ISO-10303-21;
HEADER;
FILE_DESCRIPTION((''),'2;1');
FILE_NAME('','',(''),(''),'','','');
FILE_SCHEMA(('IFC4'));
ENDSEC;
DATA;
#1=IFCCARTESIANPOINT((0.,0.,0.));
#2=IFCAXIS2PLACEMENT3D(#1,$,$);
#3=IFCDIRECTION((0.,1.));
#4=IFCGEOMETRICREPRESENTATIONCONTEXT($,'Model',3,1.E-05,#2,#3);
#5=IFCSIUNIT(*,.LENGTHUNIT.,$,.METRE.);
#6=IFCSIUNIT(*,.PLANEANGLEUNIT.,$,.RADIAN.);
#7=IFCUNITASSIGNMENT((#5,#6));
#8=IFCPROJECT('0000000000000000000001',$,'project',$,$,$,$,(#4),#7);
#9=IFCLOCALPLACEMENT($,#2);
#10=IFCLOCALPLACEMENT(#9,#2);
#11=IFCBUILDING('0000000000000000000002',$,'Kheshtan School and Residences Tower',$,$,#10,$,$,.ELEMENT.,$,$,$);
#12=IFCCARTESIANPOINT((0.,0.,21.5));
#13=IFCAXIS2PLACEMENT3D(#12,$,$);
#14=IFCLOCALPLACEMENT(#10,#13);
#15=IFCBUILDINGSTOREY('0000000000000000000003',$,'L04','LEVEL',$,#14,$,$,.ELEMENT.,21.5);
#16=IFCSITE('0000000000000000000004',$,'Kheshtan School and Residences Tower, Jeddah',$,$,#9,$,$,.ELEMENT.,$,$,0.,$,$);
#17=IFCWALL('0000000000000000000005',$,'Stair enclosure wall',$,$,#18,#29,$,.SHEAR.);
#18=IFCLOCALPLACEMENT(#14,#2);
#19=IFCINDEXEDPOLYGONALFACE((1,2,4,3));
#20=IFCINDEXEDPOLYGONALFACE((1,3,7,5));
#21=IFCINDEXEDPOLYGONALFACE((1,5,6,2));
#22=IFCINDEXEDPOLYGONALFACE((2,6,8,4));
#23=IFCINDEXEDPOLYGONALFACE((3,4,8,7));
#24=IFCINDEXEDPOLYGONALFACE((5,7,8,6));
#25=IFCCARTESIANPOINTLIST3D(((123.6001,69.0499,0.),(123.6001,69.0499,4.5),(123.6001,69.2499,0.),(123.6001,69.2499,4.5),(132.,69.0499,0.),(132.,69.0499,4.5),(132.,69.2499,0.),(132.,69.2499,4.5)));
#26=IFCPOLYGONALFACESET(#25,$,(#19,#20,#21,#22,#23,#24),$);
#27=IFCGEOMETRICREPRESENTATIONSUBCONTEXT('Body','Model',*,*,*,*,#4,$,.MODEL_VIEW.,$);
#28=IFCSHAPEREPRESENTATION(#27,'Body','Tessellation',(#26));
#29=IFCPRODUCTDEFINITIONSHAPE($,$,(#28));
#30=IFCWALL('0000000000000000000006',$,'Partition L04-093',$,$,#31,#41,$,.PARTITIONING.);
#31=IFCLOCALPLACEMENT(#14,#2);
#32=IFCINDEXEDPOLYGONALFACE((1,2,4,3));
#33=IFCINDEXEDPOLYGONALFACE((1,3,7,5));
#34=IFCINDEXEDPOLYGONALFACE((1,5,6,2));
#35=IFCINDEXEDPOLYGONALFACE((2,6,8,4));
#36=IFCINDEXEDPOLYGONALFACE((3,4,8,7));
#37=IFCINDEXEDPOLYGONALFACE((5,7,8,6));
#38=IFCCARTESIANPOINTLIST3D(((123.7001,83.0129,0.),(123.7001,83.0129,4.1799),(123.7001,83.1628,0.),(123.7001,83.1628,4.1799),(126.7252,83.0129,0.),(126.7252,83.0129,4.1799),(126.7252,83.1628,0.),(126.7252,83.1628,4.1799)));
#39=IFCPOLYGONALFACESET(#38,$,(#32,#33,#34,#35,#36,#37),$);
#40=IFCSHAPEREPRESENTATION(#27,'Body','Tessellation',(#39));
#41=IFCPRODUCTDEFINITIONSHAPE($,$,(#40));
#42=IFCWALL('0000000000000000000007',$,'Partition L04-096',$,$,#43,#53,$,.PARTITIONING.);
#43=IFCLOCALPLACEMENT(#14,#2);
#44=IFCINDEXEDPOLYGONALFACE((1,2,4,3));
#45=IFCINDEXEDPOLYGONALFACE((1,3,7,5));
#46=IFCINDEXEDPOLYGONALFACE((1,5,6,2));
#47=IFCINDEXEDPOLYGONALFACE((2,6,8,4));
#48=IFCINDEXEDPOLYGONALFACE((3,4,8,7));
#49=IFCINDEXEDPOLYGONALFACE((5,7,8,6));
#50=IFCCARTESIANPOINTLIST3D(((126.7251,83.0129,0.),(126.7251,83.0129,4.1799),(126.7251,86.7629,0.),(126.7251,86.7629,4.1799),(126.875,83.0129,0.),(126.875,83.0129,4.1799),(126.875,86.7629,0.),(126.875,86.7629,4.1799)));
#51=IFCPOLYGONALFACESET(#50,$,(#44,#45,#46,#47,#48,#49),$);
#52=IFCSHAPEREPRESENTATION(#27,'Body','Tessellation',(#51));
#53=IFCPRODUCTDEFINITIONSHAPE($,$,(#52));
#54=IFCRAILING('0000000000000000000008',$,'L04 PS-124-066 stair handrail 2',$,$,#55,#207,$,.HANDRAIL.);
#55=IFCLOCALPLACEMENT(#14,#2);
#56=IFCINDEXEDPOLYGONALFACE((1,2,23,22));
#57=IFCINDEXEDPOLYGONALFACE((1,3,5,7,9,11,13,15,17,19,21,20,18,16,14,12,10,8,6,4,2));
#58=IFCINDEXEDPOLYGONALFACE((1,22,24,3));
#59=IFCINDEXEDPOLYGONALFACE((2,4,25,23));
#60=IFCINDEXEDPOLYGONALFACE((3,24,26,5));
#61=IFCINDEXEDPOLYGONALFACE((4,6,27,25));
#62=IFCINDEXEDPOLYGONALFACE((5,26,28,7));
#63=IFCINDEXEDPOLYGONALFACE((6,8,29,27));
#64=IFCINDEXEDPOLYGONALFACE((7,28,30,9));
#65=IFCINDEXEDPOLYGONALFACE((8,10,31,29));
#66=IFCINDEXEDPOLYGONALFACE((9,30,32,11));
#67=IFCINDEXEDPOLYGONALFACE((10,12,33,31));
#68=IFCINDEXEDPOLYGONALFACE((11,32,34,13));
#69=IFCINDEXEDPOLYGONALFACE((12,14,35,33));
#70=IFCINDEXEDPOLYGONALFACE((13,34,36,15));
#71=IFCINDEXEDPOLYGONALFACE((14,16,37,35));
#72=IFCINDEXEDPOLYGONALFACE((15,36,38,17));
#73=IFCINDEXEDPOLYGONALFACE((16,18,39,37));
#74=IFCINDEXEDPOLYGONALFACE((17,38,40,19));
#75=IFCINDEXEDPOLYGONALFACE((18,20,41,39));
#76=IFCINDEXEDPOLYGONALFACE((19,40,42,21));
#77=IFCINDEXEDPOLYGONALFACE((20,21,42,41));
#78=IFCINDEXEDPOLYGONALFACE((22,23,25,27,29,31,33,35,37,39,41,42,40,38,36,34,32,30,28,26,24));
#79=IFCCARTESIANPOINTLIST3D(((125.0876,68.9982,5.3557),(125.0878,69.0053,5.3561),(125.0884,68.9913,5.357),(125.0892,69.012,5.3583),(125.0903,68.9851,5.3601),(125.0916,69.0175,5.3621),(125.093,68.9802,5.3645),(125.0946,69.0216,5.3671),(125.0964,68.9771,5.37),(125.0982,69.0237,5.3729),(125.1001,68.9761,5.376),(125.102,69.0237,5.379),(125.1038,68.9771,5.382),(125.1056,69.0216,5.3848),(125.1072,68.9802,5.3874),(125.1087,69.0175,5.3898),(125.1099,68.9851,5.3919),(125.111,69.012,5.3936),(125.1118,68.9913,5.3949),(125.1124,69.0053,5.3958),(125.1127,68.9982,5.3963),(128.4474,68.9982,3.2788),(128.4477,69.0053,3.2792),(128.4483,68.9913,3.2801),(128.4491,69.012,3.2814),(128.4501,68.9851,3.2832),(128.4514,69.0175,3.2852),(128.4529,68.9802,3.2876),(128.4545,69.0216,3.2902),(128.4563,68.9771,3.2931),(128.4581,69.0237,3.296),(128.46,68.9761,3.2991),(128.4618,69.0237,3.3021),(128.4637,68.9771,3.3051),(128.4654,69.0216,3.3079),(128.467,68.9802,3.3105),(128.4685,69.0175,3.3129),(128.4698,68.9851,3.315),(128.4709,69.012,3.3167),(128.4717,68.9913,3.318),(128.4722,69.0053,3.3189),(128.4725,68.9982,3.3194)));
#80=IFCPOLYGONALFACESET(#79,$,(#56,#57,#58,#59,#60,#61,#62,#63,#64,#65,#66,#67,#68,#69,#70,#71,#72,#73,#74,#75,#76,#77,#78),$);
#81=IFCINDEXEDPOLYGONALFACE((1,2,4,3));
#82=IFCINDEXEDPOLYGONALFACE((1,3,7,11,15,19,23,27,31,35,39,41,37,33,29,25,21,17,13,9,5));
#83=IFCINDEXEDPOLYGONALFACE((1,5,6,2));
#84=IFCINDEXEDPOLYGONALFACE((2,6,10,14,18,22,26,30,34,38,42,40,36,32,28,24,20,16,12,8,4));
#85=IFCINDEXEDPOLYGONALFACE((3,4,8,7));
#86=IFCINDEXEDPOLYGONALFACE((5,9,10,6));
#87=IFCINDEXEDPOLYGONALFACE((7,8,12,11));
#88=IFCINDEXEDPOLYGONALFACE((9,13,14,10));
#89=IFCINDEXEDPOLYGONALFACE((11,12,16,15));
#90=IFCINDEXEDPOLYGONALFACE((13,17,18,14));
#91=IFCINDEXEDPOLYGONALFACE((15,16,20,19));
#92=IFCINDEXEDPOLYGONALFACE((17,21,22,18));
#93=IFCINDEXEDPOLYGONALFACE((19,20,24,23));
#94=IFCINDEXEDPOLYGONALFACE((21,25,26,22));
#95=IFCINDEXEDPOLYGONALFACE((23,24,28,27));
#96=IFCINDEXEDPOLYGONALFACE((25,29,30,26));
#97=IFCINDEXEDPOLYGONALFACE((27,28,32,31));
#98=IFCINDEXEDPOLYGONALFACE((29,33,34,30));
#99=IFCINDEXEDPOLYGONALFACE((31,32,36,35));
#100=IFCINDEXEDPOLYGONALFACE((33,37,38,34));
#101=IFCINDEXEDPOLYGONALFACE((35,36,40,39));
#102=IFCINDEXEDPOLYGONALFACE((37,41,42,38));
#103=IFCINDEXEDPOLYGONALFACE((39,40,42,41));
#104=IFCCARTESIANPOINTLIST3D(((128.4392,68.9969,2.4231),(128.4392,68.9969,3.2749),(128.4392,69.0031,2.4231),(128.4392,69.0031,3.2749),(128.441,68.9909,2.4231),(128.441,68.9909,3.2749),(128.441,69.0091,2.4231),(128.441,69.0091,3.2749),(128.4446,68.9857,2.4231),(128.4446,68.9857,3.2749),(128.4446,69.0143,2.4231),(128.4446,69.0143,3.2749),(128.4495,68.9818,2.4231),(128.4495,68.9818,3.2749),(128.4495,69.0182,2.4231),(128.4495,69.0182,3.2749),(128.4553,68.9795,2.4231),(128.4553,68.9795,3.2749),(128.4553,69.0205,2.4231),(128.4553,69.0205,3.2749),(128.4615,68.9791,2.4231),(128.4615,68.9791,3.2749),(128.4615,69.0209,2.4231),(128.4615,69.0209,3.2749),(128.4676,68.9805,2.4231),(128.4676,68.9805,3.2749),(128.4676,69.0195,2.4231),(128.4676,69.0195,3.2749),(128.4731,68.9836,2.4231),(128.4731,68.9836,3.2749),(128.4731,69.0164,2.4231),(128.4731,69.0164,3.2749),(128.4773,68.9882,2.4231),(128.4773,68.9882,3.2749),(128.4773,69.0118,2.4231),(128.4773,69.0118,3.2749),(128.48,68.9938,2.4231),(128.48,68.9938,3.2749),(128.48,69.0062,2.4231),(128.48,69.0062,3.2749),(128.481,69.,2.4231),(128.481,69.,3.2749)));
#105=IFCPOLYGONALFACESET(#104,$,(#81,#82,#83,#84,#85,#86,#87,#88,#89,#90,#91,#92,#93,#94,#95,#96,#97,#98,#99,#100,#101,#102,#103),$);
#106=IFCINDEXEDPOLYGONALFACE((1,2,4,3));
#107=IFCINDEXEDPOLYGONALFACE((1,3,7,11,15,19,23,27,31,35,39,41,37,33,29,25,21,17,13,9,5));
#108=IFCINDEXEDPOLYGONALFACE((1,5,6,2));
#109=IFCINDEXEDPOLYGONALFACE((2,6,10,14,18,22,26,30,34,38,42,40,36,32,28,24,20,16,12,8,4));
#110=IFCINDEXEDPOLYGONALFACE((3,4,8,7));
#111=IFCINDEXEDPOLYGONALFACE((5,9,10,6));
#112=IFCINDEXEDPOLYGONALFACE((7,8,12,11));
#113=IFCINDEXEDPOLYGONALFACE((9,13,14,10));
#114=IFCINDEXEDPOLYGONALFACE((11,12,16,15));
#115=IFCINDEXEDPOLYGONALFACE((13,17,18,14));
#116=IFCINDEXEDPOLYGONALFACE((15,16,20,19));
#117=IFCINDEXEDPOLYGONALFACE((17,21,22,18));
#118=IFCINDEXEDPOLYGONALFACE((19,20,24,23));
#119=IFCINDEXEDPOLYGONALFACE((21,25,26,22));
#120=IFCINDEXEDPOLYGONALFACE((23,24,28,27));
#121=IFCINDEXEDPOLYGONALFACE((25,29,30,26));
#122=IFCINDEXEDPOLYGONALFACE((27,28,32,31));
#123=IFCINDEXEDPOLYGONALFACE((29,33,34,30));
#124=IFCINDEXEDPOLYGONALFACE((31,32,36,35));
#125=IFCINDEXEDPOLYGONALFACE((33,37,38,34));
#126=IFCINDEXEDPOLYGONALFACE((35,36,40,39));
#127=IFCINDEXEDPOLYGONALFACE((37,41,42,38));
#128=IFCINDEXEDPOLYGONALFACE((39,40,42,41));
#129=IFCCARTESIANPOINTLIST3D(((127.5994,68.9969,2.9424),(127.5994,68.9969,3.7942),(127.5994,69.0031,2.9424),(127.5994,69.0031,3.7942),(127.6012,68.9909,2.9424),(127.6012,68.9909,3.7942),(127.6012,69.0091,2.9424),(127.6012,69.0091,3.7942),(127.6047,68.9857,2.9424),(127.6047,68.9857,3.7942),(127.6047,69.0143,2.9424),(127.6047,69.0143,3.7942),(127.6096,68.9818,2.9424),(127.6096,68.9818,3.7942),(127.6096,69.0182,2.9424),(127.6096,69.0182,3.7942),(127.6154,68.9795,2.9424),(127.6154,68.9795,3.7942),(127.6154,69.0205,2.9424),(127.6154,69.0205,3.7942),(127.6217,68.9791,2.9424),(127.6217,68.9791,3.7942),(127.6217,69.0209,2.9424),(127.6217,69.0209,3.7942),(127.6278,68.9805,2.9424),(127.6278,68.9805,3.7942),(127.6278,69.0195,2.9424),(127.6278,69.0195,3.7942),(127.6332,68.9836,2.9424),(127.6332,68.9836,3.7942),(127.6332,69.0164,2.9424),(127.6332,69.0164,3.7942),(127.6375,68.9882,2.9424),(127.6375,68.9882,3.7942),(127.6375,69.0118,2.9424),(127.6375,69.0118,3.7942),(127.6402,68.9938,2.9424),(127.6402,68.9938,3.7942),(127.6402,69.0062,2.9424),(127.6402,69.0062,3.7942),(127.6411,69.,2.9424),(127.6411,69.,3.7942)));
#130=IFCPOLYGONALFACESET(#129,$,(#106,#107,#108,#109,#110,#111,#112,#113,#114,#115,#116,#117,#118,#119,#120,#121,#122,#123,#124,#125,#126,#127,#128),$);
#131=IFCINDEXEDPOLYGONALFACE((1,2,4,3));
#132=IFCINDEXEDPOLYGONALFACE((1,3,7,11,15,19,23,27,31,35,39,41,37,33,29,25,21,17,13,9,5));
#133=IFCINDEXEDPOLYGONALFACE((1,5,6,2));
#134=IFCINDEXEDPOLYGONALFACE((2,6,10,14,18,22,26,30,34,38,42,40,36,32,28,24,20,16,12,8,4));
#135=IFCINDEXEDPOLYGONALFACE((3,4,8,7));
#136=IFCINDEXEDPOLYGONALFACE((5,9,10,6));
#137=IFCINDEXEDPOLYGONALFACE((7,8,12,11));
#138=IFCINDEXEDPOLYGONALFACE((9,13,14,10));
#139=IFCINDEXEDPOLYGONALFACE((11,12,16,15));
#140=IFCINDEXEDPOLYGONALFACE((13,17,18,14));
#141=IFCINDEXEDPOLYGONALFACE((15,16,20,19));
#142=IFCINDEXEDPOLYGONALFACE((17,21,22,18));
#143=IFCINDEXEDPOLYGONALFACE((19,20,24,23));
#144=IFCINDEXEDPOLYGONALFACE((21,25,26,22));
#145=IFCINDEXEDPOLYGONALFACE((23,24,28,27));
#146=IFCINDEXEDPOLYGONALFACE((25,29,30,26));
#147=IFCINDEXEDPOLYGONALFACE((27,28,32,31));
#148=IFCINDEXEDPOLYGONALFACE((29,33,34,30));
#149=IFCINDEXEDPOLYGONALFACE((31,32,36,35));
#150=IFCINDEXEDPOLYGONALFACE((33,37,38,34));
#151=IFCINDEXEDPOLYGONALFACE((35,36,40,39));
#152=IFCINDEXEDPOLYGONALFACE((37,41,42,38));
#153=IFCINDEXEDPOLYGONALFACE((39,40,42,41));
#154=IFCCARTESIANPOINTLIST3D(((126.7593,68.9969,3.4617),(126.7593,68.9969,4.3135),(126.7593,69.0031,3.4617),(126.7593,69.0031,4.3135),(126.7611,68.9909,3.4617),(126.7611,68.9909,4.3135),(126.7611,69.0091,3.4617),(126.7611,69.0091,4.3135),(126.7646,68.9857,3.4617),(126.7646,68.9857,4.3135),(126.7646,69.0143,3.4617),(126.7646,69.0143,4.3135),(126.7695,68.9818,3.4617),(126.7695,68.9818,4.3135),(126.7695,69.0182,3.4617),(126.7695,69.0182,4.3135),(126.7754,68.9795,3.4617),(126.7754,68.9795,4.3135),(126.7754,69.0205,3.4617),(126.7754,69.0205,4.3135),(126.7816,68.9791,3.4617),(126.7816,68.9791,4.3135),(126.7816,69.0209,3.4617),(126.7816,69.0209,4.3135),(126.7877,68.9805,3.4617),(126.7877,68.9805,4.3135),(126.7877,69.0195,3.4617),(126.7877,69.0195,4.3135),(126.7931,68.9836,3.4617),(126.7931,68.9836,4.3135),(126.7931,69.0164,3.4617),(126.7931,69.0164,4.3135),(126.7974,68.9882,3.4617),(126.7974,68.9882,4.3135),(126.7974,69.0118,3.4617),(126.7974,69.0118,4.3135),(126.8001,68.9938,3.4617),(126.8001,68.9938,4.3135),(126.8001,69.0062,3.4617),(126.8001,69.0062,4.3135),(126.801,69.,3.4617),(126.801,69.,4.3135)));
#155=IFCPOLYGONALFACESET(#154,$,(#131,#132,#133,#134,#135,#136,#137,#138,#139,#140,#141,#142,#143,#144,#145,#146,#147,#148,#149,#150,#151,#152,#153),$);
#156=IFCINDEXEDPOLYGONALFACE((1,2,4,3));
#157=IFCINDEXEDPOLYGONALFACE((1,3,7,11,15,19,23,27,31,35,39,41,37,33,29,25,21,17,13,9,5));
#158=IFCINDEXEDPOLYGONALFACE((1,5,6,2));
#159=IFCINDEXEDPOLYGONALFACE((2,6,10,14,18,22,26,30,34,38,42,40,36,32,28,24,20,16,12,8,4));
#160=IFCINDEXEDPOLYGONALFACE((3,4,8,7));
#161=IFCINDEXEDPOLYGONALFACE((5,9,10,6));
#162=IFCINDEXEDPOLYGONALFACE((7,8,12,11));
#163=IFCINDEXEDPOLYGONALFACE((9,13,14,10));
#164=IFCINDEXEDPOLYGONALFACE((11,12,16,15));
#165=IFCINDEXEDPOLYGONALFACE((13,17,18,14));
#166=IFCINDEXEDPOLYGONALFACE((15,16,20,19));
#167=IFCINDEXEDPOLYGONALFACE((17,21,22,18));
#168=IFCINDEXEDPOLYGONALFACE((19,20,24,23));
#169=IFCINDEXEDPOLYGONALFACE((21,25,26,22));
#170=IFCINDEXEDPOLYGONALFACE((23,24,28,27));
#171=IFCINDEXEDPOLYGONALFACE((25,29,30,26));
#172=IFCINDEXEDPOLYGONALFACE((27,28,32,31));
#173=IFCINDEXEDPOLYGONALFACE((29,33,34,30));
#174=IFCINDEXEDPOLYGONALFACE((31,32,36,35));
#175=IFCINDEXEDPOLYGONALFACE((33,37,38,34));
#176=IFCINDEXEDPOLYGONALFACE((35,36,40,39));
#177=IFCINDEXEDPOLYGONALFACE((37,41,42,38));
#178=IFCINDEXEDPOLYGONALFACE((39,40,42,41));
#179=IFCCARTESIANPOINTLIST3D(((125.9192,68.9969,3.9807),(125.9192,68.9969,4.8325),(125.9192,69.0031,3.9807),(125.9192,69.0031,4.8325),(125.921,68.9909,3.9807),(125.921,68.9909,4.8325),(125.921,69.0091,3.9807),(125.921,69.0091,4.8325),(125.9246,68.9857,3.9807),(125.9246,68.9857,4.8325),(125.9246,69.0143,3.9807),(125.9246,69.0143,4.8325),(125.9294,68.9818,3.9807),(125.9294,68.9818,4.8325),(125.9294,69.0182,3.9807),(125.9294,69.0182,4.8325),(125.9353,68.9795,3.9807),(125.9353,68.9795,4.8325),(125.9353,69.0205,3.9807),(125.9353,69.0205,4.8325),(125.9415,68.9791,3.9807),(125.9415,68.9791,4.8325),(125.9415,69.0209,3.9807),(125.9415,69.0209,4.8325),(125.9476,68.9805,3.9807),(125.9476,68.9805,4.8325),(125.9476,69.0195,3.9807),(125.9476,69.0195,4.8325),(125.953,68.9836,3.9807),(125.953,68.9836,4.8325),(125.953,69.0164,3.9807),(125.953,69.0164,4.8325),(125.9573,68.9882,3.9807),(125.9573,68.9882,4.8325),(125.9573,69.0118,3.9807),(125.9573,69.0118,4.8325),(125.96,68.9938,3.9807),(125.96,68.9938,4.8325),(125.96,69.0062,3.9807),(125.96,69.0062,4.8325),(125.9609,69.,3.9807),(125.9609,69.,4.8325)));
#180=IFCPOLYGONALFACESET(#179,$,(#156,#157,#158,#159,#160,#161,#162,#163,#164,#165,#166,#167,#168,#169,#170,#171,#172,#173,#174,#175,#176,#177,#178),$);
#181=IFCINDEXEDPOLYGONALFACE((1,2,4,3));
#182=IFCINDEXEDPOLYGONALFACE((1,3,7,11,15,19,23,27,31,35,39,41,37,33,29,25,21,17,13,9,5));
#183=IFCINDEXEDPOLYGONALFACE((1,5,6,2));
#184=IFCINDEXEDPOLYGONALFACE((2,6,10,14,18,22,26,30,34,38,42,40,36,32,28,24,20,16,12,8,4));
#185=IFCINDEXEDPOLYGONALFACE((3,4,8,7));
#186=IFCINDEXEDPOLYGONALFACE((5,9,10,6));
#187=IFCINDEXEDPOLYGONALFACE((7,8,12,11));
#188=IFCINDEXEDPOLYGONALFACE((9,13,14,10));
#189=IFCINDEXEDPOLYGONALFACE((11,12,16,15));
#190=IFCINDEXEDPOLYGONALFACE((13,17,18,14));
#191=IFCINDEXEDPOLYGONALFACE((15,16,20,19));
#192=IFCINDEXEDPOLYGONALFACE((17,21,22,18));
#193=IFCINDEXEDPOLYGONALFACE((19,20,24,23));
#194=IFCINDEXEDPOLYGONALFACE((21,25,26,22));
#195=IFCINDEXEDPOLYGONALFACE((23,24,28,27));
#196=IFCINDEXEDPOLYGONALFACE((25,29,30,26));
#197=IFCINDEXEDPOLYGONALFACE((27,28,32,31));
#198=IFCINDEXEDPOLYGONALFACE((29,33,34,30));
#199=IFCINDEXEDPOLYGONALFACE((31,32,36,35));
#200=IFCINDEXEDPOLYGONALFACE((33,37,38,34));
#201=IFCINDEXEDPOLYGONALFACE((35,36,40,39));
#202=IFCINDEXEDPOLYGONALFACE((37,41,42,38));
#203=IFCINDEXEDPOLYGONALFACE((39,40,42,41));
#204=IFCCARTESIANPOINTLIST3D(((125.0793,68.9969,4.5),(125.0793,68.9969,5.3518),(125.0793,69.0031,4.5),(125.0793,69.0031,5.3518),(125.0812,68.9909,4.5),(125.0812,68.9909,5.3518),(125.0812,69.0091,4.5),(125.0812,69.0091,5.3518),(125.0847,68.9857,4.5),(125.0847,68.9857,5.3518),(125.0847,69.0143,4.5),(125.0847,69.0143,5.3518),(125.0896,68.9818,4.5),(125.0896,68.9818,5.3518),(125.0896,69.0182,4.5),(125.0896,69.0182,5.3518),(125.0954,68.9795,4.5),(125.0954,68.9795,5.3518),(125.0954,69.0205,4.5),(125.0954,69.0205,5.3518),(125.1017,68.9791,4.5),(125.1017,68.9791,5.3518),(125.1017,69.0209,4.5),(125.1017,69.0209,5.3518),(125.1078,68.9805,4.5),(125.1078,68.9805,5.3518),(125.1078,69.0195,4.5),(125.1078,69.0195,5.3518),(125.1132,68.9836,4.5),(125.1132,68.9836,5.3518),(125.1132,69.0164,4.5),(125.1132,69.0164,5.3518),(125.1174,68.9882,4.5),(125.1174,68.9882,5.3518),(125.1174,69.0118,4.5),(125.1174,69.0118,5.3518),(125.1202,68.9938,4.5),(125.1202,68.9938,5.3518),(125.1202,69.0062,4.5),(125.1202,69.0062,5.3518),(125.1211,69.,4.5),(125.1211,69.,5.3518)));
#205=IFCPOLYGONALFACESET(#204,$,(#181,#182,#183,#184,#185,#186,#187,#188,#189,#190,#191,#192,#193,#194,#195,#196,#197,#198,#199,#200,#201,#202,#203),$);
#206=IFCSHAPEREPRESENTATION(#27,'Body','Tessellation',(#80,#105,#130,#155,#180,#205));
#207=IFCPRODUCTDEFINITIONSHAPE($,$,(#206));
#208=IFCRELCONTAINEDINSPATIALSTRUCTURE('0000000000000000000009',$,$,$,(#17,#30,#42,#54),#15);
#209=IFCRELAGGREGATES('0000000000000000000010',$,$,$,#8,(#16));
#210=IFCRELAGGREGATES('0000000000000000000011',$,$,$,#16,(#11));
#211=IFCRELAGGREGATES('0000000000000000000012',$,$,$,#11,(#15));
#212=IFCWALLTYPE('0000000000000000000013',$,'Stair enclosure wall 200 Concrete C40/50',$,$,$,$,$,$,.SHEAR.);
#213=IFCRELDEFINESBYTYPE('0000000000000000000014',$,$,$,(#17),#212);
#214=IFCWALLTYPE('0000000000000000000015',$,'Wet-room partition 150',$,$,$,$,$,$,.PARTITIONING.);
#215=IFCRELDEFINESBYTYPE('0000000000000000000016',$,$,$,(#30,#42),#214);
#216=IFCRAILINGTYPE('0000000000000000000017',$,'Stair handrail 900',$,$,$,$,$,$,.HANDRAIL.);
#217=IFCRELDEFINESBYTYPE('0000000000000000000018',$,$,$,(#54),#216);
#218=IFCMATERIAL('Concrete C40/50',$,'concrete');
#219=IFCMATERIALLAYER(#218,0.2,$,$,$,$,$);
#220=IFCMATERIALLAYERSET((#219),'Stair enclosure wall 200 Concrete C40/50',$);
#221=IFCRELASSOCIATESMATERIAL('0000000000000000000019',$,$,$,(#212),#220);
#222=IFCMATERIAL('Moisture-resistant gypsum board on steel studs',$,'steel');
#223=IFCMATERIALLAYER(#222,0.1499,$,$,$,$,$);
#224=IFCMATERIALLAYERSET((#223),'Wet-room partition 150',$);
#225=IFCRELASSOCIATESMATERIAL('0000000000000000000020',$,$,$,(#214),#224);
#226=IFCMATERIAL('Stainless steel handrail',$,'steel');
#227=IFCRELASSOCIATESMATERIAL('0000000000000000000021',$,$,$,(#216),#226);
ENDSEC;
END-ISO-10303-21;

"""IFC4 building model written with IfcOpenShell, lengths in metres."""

from ifc_helpers import new_model, si_unit, direction, frame, frame_2d, origin, origin_2d, place, context, subcontext, project, spatial, rectangle, circle, extrude, material, layer, layer_set, type_object, element, save


model = new_model("IFC4")

# Units and contexts
model_context = context("Model", 3, precision=1e-05, world=origin(), true_north=direction((0.0, 1.0)))
body_context = subcontext(model_context, "Body", "Model", "MODEL_VIEW")
ifc_project = project(units=[si_unit("LENGTHUNIT", "METRE"), si_unit("PLANEANGLEUNIT", "RADIAN")], contexts=[model_context])

# Site, building, storey
site_placement = place(None, origin())
site = spatial("IfcSite", under=ifc_project, at=site_placement, Name="Kheshtan School and Residences Tower, Jeddah", CompositionType="ELEMENT", RefElevation=0.0)
building_placement = place(site_placement, origin())
building = spatial("IfcBuilding", under=site, at=building_placement, Name="Kheshtan School and Residences Tower", CompositionType="ELEMENT")
storey_placement = place(building_placement, frame((0.0, 0.0, 21.5)))
storey = spatial("IfcBuildingStorey", under=building, at=storey_placement, Name="L04", Description="LEVEL", CompositionType="ELEMENT", Elevation=21.5)

# Walls
ifc_material_1 = material(Name="Concrete C40/50", Category="concrete")
ifc_layer_1 = layer(ifc_material_1, 0.2)
ifc_layer_set_1 = layer_set([ifc_layer_1], Name="Stair enclosure wall 200 Concrete C40/50")
wall_type_1 = type_object("IfcWallType", Name="Stair enclosure wall 200 Concrete C40/50", PredefinedType="SHEAR", material=ifc_layer_set_1)
wall_1_placement = place(storey_placement, frame((123.6001, 69.1499, 0.0), z_axis=(0.0, 0.0, 1.0), x_axis=(1.0, 0.0, 0.0)))
element("IfcWall", 1, at=wall_1_placement, inside=storey, type_object=wall_type_1, Name="Stair enclosure wall", PredefinedType="SHEAR", context=body_context, shape_type="SweptSolid", body=[
    extrude(rectangle(XDim=8.3999, YDim=0.2, at=frame_2d((4.2, 0.0))), origin(), (0.0, 0.0, 1.0), 4.5),
])
ifc_material_2 = material(Name="Moisture-resistant gypsum board on steel studs", Category="steel")
ifc_layer_2 = layer(ifc_material_2, 0.1499)
ifc_layer_set_2 = layer_set([ifc_layer_2], Name="Wet-room partition 150")
wall_type_2 = type_object("IfcWallType", Name="Wet-room partition 150", PredefinedType="PARTITIONING", material=ifc_layer_set_2)
wall_2_placement = place(storey_placement, frame((123.7, 83.0879, 0.0), z_axis=(0.0, 0.0, 1.0), x_axis=(1.0, 0.0, 0.0)))
element("IfcWall", 2, at=wall_2_placement, inside=storey, type_object=wall_type_2, Name="Partition L04-093", PredefinedType="PARTITIONING", context=body_context, shape_type="SweptSolid", body=[
    extrude(rectangle(XDim=3.0251, YDim=0.1499, at=frame_2d((1.5127, 0.0))), origin(), (0.0, 0.0, 1.0), 4.1799),
])
wall_3_placement = place(storey_placement, frame((126.8, 83.0129, 0.0), z_axis=(0.0, 0.0, 1.0), x_axis=(0.0, 1.0, 0.0)))
element("IfcWall", 3, at=wall_3_placement, inside=storey, type_object=wall_type_2, Name="Partition L04-096", PredefinedType="PARTITIONING", context=body_context, shape_type="SweptSolid", body=[
    extrude(rectangle(XDim=3.75, YDim=0.1499, at=frame_2d((1.875, 0.0))), origin(), (0.0, 0.0, 1.0), 4.1799),
])

# Railing
ifc_material_3 = material(Name="Stainless steel handrail", Category="steel")
railing_type = type_object("IfcRailingType", Name="Stair handrail 900", PredefinedType="HANDRAIL", material=ifc_material_3)
railing_placement = place(storey_placement, frame((128.46, 69.0, 2.4231)))
element("IfcRailing", 4, at=railing_placement, inside=storey, type_object=railing_type, Name="L04 PS-124-066 stair handrail 2", PredefinedType="HANDRAIL", context=body_context, shape_type="SweptSolid", body=[
    extrude(circle(Radius=0.0239, at=origin_2d()), frame((0.0, 0.0, 0.876), z_axis=(-0.850606, 0.0, 0.525803), x_axis=(0.0, -1.0, 0.0)), (0.0, 0.0, 1.0), 3.95),
    extrude(circle(Radius=0.021, at=origin_2d()), origin(), (0.0, 0.0, 1.0), 0.8518),
    extrude(circle(Radius=0.021, at=origin_2d()), frame((-0.8398, 0.0, 0.5193)), (0.0, 0.0, 1.0), 0.8518),
    extrude(circle(Radius=0.021, at=origin_2d()), frame((-1.6799, 0.0, 1.0386)), (0.0, 0.0, 1.0), 0.8518),
    extrude(circle(Radius=0.021, at=origin_2d()), frame((-2.52, 0.0, 1.5576)), (0.0, 0.0, 1.0), 0.8518),
    extrude(circle(Radius=0.021, at=origin_2d()), frame((-3.3599, 0.0, 2.0769)), (0.0, 0.0, 1.0), 0.8518),
])

save(model, "model.ifc")
